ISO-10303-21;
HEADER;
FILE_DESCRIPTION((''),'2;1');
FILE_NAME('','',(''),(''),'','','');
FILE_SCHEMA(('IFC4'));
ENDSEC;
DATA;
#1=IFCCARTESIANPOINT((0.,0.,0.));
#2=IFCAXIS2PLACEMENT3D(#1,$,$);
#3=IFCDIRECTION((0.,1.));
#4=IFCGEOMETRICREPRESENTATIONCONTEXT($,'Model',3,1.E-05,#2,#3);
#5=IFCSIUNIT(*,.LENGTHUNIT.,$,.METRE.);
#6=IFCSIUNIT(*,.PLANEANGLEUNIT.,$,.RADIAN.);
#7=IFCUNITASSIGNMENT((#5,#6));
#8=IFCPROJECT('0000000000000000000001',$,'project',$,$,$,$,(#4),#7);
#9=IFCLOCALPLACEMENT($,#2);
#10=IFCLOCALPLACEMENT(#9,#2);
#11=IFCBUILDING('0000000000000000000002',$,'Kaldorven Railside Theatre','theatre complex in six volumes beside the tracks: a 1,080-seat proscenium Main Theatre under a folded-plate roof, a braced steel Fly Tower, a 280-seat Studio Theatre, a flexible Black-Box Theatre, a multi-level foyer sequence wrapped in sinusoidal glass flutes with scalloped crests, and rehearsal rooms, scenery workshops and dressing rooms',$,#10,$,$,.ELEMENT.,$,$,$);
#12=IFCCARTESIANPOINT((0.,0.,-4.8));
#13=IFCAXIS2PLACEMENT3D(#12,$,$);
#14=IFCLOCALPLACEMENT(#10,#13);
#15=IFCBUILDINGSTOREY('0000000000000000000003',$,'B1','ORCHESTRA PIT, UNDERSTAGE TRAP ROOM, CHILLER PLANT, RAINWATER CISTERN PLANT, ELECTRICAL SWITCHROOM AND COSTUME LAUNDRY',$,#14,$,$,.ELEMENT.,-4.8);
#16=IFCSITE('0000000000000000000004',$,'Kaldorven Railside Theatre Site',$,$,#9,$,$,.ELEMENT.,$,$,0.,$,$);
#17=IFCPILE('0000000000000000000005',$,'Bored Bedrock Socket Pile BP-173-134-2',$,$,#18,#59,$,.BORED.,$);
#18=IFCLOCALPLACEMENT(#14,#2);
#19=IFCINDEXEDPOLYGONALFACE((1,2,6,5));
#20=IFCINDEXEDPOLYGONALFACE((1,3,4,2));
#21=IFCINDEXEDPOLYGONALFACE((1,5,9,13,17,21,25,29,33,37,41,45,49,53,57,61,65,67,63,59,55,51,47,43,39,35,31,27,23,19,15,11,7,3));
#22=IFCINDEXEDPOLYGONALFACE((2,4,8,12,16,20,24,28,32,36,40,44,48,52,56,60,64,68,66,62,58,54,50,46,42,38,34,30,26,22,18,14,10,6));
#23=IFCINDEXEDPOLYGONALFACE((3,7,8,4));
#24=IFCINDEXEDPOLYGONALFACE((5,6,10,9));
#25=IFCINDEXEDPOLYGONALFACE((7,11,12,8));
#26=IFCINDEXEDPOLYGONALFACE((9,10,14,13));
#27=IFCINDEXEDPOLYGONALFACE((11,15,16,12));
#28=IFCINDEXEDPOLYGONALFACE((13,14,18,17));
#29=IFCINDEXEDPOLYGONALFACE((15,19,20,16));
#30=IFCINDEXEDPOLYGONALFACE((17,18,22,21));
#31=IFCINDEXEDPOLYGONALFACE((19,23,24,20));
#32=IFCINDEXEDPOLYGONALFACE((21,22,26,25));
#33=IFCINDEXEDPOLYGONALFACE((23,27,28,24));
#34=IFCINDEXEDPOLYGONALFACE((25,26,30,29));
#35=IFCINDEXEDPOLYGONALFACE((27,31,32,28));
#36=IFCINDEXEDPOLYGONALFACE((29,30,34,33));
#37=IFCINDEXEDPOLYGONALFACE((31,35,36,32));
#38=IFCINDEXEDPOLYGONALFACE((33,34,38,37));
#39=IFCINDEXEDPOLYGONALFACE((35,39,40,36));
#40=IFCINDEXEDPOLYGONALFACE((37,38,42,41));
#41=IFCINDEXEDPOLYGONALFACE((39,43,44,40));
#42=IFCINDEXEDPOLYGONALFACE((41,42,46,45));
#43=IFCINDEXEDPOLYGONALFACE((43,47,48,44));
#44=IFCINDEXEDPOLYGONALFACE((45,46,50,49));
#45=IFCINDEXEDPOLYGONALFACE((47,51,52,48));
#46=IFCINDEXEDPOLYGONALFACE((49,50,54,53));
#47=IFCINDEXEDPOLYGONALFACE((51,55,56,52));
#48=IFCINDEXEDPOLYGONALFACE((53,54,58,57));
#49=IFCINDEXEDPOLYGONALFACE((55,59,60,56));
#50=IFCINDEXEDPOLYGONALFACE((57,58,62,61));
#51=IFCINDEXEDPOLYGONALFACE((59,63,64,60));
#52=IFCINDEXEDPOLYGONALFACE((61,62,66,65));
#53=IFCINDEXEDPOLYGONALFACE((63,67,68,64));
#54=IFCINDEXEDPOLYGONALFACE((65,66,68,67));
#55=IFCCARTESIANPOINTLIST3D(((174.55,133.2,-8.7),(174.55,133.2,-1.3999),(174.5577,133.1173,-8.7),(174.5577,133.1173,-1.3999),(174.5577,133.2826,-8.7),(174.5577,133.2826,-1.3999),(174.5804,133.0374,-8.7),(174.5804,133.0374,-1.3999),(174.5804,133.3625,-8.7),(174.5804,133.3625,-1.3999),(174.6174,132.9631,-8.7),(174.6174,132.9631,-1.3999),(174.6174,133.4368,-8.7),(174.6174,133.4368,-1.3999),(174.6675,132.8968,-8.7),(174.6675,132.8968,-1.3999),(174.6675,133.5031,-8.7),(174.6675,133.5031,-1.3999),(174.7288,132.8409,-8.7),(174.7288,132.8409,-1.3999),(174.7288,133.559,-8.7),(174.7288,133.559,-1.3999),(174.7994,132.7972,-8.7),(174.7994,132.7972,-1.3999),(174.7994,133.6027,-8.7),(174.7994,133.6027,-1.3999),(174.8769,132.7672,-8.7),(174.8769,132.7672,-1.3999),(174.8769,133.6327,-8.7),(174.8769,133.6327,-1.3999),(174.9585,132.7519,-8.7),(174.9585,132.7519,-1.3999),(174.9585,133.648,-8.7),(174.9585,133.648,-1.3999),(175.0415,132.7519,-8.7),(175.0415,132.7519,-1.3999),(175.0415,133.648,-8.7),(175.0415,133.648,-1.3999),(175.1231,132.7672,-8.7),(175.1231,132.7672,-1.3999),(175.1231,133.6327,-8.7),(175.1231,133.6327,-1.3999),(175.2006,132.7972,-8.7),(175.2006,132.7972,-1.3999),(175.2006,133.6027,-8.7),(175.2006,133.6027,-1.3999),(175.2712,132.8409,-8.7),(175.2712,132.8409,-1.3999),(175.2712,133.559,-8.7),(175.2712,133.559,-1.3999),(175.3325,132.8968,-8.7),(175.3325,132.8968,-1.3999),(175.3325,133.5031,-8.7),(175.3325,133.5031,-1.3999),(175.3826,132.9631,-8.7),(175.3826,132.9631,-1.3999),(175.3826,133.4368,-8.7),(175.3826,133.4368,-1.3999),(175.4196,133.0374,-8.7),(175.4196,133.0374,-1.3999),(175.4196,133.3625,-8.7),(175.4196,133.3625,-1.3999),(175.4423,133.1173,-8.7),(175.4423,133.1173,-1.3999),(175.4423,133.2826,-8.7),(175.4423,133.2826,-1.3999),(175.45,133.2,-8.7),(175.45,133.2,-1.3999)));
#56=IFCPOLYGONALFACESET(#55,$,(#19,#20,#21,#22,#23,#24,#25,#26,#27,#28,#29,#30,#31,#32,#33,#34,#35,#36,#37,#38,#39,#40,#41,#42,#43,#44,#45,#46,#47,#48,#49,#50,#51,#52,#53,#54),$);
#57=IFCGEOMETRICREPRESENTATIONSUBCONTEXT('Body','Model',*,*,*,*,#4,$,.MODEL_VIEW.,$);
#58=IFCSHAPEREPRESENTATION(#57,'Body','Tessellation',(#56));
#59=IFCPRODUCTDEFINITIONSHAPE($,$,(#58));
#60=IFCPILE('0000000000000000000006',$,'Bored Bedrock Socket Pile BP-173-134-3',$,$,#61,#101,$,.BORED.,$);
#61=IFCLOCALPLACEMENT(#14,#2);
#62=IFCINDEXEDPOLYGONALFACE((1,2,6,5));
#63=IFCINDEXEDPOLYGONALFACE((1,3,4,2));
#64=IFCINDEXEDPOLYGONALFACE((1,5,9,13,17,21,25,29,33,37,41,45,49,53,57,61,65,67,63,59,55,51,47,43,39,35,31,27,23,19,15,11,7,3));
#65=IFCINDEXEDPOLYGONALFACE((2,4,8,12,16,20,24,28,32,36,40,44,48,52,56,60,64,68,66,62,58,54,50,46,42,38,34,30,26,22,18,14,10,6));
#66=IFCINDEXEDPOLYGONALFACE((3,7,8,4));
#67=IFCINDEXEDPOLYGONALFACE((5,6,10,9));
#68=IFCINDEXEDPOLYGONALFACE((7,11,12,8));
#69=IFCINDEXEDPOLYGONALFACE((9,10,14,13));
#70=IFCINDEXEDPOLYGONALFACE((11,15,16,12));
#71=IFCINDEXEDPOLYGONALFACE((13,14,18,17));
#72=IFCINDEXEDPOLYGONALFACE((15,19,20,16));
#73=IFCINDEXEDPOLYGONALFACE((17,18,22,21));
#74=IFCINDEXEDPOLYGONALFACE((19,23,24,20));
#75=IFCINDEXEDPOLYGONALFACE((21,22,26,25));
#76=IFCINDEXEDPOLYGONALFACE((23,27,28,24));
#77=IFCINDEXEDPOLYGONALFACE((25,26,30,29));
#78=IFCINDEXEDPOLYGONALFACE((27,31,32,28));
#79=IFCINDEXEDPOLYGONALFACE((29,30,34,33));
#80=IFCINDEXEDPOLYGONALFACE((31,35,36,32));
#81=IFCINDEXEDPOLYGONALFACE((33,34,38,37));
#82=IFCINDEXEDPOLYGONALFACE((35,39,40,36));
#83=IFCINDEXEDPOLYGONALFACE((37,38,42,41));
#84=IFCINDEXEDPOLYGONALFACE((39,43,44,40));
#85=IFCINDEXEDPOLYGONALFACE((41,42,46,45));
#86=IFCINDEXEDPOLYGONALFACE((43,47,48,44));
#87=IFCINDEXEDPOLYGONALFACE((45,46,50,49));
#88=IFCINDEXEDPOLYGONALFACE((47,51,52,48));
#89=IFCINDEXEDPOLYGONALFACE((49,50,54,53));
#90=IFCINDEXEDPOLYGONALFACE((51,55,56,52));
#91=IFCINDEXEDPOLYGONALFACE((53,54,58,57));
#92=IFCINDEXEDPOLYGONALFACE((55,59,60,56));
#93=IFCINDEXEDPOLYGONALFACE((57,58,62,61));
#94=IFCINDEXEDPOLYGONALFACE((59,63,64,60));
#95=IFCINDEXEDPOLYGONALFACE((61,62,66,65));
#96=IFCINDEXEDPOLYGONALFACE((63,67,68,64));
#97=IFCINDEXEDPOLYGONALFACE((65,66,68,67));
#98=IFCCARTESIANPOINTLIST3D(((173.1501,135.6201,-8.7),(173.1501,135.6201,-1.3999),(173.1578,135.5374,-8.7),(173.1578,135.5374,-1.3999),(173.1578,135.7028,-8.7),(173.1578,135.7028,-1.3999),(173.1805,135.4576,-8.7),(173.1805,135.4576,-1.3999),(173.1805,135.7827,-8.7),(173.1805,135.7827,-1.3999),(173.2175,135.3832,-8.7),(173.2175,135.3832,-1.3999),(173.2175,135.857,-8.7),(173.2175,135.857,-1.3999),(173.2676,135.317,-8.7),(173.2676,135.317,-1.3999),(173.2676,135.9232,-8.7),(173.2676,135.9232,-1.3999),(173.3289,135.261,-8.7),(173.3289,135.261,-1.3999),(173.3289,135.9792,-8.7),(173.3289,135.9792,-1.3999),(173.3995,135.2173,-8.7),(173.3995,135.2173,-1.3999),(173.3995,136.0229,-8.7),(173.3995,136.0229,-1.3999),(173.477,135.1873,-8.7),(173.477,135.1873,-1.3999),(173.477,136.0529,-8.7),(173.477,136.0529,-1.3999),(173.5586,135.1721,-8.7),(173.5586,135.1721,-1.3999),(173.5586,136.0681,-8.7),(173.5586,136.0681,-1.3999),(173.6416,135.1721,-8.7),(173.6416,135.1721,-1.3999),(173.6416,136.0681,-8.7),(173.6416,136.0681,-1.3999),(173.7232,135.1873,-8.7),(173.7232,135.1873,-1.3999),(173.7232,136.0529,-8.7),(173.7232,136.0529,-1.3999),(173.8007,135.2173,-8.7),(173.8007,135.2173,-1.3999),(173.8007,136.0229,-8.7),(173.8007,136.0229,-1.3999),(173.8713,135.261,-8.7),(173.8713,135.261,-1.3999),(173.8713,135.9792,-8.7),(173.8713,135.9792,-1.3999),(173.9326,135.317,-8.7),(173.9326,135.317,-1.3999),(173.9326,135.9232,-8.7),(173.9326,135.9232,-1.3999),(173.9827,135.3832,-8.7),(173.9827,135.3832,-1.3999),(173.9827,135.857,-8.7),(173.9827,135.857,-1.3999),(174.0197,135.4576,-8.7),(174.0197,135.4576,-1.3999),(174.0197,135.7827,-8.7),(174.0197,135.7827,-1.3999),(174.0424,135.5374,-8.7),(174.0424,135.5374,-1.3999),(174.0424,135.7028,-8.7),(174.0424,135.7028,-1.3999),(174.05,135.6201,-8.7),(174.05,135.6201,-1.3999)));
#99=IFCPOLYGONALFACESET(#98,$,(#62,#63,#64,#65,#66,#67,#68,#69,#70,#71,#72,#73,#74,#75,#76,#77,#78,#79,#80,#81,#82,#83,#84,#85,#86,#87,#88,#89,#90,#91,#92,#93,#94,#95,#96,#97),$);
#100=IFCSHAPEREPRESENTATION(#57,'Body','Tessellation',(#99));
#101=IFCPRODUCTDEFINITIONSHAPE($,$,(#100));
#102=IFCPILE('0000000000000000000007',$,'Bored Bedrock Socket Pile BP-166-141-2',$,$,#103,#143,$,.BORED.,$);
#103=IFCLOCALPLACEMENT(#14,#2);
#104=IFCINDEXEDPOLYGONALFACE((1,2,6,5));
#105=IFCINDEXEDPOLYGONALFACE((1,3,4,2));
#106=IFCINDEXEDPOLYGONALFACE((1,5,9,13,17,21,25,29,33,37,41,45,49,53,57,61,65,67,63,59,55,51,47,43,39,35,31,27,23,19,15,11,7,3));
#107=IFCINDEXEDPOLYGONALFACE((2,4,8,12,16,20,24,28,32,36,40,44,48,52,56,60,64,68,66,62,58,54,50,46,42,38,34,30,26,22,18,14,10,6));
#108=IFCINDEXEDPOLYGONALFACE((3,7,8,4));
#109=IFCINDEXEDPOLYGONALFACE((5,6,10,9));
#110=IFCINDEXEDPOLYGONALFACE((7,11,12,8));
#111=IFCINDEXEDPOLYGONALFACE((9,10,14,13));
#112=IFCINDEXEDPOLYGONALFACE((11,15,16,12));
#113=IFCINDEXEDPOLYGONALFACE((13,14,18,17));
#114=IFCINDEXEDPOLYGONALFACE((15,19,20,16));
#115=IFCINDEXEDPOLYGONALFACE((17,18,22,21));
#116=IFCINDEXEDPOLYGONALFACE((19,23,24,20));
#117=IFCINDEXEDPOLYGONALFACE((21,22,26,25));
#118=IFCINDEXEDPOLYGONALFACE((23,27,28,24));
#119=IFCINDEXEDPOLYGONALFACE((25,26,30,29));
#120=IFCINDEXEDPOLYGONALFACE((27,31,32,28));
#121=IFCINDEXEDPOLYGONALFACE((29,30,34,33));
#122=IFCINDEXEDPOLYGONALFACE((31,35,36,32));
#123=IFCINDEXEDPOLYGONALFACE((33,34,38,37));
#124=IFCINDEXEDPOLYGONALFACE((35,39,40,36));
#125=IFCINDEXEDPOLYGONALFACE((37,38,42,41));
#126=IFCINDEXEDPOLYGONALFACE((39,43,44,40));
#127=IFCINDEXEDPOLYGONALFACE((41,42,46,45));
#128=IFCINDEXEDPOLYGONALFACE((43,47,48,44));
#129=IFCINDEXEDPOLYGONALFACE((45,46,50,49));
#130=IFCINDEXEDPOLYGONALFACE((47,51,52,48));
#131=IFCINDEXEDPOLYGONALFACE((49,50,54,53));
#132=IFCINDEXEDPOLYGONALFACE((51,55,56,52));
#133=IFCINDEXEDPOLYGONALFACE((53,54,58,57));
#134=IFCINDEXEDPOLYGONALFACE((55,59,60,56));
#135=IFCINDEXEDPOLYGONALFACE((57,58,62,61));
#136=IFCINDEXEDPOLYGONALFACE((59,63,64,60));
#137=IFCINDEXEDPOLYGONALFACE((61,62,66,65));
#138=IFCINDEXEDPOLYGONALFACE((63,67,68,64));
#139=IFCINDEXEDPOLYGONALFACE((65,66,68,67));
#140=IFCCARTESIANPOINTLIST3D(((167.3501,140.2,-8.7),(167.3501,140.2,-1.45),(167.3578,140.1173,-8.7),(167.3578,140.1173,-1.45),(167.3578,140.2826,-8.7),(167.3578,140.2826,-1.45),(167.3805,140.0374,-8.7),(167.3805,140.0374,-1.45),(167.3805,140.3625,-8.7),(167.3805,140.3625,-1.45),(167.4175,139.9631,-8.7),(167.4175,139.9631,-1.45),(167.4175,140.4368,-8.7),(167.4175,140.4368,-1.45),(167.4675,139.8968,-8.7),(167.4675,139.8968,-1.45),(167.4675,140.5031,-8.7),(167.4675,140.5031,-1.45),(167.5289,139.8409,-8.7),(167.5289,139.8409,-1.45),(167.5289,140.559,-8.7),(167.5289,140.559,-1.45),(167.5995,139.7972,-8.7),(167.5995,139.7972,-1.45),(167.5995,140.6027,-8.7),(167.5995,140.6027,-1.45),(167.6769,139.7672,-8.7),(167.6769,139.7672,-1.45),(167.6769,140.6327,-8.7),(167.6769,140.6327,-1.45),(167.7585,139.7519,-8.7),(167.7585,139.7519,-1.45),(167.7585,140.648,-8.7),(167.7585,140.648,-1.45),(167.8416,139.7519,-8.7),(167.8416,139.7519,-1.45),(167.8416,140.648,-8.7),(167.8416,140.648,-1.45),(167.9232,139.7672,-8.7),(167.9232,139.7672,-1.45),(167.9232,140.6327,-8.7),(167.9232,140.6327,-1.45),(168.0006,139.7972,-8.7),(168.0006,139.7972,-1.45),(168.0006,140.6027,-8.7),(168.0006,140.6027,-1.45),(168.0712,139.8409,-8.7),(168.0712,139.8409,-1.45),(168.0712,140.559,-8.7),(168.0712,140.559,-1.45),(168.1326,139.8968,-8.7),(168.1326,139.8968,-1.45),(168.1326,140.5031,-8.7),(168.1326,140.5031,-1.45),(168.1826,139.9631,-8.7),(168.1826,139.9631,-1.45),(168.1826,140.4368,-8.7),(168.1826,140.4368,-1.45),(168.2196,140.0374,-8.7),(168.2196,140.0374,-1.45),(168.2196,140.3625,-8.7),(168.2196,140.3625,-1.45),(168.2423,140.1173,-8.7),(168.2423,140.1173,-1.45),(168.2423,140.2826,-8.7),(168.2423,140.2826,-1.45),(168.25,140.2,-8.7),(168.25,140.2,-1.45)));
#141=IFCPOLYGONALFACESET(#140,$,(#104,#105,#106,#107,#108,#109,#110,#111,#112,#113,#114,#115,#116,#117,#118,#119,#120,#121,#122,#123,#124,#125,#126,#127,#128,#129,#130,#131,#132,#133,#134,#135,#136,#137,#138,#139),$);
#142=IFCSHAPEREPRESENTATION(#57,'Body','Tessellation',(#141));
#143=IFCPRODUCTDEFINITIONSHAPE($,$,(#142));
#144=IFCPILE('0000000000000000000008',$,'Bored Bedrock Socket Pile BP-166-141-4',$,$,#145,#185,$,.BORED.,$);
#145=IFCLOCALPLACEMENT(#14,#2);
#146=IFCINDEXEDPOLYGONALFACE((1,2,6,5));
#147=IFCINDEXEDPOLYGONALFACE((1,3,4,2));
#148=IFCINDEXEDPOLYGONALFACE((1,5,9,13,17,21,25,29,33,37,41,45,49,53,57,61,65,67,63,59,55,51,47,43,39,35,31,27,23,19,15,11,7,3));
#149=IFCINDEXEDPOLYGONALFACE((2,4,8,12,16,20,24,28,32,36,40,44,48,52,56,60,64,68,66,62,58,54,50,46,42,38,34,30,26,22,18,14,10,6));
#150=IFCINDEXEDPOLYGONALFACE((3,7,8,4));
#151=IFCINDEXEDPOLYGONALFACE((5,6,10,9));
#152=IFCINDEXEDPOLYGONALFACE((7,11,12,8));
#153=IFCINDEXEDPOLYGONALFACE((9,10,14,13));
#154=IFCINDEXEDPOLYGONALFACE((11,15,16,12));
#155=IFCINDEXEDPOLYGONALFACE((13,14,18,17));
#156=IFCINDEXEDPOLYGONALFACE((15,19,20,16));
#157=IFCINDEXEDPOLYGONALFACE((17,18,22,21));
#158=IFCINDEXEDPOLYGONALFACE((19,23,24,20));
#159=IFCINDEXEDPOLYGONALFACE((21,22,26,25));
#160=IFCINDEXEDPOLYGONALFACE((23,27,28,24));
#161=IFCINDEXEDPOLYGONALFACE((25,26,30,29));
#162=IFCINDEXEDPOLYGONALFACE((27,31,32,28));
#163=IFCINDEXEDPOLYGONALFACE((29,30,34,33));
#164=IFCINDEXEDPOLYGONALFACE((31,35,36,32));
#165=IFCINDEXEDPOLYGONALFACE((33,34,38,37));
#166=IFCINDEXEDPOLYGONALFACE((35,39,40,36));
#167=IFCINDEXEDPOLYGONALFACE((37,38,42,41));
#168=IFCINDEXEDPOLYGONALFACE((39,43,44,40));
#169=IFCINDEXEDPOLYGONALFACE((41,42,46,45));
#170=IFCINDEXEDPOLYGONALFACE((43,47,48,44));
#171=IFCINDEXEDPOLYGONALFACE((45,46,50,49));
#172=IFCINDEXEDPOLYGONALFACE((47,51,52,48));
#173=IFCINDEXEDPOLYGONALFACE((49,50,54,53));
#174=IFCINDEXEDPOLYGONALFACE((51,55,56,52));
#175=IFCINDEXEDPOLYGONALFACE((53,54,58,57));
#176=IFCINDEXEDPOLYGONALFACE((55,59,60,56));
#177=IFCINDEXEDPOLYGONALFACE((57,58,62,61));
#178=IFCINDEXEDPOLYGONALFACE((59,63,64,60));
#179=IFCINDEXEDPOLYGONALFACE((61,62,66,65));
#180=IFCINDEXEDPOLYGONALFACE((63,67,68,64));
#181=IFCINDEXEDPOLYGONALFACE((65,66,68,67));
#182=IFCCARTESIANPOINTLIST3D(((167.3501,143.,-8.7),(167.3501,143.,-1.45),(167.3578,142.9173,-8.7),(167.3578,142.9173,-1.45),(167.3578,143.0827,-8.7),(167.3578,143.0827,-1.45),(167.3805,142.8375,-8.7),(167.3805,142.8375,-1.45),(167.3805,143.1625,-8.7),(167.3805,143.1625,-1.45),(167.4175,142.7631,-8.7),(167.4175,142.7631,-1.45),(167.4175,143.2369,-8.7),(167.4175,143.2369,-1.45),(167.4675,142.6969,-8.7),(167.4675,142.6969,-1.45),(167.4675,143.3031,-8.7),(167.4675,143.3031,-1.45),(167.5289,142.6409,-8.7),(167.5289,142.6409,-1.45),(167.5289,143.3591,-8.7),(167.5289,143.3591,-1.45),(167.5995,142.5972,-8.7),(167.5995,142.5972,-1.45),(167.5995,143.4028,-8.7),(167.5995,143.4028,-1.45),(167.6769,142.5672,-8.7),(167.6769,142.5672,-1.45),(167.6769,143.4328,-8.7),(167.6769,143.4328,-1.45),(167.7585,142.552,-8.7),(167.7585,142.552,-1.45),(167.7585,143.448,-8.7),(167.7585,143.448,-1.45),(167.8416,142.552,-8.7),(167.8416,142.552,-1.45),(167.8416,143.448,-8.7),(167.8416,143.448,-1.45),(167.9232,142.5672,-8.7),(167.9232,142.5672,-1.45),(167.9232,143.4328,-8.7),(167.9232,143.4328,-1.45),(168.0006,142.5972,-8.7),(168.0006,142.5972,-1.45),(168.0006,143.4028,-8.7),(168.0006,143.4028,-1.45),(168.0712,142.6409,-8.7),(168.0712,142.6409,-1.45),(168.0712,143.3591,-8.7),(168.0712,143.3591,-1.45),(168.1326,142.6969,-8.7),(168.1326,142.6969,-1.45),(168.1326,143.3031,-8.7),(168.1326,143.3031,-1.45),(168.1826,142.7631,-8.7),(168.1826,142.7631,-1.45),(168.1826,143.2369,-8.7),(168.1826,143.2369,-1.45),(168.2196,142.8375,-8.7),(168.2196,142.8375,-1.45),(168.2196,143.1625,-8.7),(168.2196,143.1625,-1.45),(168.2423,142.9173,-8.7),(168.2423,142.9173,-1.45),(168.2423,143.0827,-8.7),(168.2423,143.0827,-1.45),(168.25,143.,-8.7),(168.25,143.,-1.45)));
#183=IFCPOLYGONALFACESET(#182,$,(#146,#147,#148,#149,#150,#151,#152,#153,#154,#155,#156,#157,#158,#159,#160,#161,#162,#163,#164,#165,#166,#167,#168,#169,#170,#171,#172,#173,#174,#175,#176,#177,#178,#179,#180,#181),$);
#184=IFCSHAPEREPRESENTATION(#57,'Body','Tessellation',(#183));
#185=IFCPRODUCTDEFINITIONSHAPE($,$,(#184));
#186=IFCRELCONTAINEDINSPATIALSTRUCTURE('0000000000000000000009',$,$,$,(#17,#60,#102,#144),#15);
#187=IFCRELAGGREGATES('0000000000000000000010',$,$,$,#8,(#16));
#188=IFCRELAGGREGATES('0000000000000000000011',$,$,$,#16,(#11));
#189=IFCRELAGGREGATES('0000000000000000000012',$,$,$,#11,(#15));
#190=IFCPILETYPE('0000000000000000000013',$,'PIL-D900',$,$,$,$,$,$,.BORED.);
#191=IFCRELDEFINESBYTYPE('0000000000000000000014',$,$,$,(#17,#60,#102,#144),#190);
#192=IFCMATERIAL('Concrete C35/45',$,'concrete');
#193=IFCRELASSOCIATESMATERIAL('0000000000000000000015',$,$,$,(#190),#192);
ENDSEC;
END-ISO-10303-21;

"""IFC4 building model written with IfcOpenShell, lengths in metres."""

from ifc_helpers import new_model, si_unit, direction, frame, origin, origin_2d, place, context, subcontext, project, spatial, circle, extrude, material, material_profile, profile_set, type_object, element, save


model = new_model("IFC4")

# Units and contexts
model_context = context("Model", 3, precision=1e-05, world=origin(), true_north=direction((0.0, 1.0)))
body_context = subcontext(model_context, "Body", "Model", "MODEL_VIEW")
ifc_project = project(units=[si_unit("LENGTHUNIT", "METRE"), si_unit("PLANEANGLEUNIT", "RADIAN")], contexts=[model_context])

# Site, building, storey
site_placement = place(None, origin())
site = spatial("IfcSite", under=ifc_project, at=site_placement, Name="Kaldorven Railside Theatre Site", CompositionType="ELEMENT", RefElevation=0.0)
building_placement = place(site_placement, origin())
building = spatial("IfcBuilding", under=site, at=building_placement, Name="Kaldorven Railside Theatre", Description="theatre complex in six volumes beside the tracks: a 1,080-seat proscenium Main Theatre under a folded-plate roof, a braced steel Fly Tower, a 280-seat Studio Theatre, a flexible Black-Box Theatre, a multi-level foyer sequence wrapped in sinusoidal glass flutes with scalloped crests, and rehearsal rooms, scenery workshops and dressing rooms", CompositionType="ELEMENT")
storey_placement = place(building_placement, frame((0.0, 0.0, -4.8)))
storey = spatial("IfcBuildingStorey", under=building, at=storey_placement, Name="B1", Description="ORCHESTRA PIT, UNDERSTAGE TRAP ROOM, CHILLER PLANT, RAINWATER CISTERN PLANT, ELECTRICAL SWITCHROOM AND COSTUME LAUNDRY", CompositionType="ELEMENT", Elevation=-4.8)

# Piles
ifc_material_1 = material(Name="Concrete C35/45", Category="concrete")
ifc_material_profile_1 = material_profile(ifc_material_1, circle(Radius=0.45, at=origin_2d()), Name="BP D900")
ifc_profile_set_1 = profile_set([ifc_material_profile_1], Name="Concrete C35/45")
pile_type_1 = type_object("IfcPileType", Name="PIL-D900", PredefinedType="BORED", material=ifc_profile_set_1)
for number, where, z_axis, x_axis, name in (
    (1, (175.0, 133.2, -1.3999), (0.0, 0.0, -1.0), (1.0, 0.0, 0.0), "Bored Bedrock Socket Pile BP-173-134-2"),
    (2, (173.6001, 135.6201, -1.3999), (0.0, 0.0, -1.0), (1.0, 0.0, 0.0), "Bored Bedrock Socket Pile BP-173-134-3"),
):
    element("IfcPile", number, at=place(storey_placement, frame(where, z_axis=z_axis, x_axis=x_axis)), inside=storey, type_object=pile_type_1, Name=name, PredefinedType="BORED", context=body_context, shape_type="SweptSolid", body=[
        extrude(circle(Radius=0.45, at=origin_2d()), origin(), (0.0, 0.0, 1.0), 7.3),
    ])
for number, where, z_axis, x_axis, name in (
    (3, (167.8, 140.2, -1.45), (0.0, 0.0, -1.0), (1.0, 0.0, 0.0), "Bored Bedrock Socket Pile BP-166-141-2"),
    (4, (167.8, 143.0, -1.45), (0.0, 0.0, -1.0), (1.0, 0.0, 0.0), "Bored Bedrock Socket Pile BP-166-141-4"),
):
    element("IfcPile", number, at=place(storey_placement, frame(where, z_axis=z_axis, x_axis=x_axis)), inside=storey, type_object=pile_type_1, Name=name, PredefinedType="BORED", context=body_context, shape_type="SweptSolid", body=[
        extrude(circle(Radius=0.45, at=origin_2d()), origin(), (0.0, 0.0, 1.0), 7.25),
    ])

save(model, "model.ifc")
